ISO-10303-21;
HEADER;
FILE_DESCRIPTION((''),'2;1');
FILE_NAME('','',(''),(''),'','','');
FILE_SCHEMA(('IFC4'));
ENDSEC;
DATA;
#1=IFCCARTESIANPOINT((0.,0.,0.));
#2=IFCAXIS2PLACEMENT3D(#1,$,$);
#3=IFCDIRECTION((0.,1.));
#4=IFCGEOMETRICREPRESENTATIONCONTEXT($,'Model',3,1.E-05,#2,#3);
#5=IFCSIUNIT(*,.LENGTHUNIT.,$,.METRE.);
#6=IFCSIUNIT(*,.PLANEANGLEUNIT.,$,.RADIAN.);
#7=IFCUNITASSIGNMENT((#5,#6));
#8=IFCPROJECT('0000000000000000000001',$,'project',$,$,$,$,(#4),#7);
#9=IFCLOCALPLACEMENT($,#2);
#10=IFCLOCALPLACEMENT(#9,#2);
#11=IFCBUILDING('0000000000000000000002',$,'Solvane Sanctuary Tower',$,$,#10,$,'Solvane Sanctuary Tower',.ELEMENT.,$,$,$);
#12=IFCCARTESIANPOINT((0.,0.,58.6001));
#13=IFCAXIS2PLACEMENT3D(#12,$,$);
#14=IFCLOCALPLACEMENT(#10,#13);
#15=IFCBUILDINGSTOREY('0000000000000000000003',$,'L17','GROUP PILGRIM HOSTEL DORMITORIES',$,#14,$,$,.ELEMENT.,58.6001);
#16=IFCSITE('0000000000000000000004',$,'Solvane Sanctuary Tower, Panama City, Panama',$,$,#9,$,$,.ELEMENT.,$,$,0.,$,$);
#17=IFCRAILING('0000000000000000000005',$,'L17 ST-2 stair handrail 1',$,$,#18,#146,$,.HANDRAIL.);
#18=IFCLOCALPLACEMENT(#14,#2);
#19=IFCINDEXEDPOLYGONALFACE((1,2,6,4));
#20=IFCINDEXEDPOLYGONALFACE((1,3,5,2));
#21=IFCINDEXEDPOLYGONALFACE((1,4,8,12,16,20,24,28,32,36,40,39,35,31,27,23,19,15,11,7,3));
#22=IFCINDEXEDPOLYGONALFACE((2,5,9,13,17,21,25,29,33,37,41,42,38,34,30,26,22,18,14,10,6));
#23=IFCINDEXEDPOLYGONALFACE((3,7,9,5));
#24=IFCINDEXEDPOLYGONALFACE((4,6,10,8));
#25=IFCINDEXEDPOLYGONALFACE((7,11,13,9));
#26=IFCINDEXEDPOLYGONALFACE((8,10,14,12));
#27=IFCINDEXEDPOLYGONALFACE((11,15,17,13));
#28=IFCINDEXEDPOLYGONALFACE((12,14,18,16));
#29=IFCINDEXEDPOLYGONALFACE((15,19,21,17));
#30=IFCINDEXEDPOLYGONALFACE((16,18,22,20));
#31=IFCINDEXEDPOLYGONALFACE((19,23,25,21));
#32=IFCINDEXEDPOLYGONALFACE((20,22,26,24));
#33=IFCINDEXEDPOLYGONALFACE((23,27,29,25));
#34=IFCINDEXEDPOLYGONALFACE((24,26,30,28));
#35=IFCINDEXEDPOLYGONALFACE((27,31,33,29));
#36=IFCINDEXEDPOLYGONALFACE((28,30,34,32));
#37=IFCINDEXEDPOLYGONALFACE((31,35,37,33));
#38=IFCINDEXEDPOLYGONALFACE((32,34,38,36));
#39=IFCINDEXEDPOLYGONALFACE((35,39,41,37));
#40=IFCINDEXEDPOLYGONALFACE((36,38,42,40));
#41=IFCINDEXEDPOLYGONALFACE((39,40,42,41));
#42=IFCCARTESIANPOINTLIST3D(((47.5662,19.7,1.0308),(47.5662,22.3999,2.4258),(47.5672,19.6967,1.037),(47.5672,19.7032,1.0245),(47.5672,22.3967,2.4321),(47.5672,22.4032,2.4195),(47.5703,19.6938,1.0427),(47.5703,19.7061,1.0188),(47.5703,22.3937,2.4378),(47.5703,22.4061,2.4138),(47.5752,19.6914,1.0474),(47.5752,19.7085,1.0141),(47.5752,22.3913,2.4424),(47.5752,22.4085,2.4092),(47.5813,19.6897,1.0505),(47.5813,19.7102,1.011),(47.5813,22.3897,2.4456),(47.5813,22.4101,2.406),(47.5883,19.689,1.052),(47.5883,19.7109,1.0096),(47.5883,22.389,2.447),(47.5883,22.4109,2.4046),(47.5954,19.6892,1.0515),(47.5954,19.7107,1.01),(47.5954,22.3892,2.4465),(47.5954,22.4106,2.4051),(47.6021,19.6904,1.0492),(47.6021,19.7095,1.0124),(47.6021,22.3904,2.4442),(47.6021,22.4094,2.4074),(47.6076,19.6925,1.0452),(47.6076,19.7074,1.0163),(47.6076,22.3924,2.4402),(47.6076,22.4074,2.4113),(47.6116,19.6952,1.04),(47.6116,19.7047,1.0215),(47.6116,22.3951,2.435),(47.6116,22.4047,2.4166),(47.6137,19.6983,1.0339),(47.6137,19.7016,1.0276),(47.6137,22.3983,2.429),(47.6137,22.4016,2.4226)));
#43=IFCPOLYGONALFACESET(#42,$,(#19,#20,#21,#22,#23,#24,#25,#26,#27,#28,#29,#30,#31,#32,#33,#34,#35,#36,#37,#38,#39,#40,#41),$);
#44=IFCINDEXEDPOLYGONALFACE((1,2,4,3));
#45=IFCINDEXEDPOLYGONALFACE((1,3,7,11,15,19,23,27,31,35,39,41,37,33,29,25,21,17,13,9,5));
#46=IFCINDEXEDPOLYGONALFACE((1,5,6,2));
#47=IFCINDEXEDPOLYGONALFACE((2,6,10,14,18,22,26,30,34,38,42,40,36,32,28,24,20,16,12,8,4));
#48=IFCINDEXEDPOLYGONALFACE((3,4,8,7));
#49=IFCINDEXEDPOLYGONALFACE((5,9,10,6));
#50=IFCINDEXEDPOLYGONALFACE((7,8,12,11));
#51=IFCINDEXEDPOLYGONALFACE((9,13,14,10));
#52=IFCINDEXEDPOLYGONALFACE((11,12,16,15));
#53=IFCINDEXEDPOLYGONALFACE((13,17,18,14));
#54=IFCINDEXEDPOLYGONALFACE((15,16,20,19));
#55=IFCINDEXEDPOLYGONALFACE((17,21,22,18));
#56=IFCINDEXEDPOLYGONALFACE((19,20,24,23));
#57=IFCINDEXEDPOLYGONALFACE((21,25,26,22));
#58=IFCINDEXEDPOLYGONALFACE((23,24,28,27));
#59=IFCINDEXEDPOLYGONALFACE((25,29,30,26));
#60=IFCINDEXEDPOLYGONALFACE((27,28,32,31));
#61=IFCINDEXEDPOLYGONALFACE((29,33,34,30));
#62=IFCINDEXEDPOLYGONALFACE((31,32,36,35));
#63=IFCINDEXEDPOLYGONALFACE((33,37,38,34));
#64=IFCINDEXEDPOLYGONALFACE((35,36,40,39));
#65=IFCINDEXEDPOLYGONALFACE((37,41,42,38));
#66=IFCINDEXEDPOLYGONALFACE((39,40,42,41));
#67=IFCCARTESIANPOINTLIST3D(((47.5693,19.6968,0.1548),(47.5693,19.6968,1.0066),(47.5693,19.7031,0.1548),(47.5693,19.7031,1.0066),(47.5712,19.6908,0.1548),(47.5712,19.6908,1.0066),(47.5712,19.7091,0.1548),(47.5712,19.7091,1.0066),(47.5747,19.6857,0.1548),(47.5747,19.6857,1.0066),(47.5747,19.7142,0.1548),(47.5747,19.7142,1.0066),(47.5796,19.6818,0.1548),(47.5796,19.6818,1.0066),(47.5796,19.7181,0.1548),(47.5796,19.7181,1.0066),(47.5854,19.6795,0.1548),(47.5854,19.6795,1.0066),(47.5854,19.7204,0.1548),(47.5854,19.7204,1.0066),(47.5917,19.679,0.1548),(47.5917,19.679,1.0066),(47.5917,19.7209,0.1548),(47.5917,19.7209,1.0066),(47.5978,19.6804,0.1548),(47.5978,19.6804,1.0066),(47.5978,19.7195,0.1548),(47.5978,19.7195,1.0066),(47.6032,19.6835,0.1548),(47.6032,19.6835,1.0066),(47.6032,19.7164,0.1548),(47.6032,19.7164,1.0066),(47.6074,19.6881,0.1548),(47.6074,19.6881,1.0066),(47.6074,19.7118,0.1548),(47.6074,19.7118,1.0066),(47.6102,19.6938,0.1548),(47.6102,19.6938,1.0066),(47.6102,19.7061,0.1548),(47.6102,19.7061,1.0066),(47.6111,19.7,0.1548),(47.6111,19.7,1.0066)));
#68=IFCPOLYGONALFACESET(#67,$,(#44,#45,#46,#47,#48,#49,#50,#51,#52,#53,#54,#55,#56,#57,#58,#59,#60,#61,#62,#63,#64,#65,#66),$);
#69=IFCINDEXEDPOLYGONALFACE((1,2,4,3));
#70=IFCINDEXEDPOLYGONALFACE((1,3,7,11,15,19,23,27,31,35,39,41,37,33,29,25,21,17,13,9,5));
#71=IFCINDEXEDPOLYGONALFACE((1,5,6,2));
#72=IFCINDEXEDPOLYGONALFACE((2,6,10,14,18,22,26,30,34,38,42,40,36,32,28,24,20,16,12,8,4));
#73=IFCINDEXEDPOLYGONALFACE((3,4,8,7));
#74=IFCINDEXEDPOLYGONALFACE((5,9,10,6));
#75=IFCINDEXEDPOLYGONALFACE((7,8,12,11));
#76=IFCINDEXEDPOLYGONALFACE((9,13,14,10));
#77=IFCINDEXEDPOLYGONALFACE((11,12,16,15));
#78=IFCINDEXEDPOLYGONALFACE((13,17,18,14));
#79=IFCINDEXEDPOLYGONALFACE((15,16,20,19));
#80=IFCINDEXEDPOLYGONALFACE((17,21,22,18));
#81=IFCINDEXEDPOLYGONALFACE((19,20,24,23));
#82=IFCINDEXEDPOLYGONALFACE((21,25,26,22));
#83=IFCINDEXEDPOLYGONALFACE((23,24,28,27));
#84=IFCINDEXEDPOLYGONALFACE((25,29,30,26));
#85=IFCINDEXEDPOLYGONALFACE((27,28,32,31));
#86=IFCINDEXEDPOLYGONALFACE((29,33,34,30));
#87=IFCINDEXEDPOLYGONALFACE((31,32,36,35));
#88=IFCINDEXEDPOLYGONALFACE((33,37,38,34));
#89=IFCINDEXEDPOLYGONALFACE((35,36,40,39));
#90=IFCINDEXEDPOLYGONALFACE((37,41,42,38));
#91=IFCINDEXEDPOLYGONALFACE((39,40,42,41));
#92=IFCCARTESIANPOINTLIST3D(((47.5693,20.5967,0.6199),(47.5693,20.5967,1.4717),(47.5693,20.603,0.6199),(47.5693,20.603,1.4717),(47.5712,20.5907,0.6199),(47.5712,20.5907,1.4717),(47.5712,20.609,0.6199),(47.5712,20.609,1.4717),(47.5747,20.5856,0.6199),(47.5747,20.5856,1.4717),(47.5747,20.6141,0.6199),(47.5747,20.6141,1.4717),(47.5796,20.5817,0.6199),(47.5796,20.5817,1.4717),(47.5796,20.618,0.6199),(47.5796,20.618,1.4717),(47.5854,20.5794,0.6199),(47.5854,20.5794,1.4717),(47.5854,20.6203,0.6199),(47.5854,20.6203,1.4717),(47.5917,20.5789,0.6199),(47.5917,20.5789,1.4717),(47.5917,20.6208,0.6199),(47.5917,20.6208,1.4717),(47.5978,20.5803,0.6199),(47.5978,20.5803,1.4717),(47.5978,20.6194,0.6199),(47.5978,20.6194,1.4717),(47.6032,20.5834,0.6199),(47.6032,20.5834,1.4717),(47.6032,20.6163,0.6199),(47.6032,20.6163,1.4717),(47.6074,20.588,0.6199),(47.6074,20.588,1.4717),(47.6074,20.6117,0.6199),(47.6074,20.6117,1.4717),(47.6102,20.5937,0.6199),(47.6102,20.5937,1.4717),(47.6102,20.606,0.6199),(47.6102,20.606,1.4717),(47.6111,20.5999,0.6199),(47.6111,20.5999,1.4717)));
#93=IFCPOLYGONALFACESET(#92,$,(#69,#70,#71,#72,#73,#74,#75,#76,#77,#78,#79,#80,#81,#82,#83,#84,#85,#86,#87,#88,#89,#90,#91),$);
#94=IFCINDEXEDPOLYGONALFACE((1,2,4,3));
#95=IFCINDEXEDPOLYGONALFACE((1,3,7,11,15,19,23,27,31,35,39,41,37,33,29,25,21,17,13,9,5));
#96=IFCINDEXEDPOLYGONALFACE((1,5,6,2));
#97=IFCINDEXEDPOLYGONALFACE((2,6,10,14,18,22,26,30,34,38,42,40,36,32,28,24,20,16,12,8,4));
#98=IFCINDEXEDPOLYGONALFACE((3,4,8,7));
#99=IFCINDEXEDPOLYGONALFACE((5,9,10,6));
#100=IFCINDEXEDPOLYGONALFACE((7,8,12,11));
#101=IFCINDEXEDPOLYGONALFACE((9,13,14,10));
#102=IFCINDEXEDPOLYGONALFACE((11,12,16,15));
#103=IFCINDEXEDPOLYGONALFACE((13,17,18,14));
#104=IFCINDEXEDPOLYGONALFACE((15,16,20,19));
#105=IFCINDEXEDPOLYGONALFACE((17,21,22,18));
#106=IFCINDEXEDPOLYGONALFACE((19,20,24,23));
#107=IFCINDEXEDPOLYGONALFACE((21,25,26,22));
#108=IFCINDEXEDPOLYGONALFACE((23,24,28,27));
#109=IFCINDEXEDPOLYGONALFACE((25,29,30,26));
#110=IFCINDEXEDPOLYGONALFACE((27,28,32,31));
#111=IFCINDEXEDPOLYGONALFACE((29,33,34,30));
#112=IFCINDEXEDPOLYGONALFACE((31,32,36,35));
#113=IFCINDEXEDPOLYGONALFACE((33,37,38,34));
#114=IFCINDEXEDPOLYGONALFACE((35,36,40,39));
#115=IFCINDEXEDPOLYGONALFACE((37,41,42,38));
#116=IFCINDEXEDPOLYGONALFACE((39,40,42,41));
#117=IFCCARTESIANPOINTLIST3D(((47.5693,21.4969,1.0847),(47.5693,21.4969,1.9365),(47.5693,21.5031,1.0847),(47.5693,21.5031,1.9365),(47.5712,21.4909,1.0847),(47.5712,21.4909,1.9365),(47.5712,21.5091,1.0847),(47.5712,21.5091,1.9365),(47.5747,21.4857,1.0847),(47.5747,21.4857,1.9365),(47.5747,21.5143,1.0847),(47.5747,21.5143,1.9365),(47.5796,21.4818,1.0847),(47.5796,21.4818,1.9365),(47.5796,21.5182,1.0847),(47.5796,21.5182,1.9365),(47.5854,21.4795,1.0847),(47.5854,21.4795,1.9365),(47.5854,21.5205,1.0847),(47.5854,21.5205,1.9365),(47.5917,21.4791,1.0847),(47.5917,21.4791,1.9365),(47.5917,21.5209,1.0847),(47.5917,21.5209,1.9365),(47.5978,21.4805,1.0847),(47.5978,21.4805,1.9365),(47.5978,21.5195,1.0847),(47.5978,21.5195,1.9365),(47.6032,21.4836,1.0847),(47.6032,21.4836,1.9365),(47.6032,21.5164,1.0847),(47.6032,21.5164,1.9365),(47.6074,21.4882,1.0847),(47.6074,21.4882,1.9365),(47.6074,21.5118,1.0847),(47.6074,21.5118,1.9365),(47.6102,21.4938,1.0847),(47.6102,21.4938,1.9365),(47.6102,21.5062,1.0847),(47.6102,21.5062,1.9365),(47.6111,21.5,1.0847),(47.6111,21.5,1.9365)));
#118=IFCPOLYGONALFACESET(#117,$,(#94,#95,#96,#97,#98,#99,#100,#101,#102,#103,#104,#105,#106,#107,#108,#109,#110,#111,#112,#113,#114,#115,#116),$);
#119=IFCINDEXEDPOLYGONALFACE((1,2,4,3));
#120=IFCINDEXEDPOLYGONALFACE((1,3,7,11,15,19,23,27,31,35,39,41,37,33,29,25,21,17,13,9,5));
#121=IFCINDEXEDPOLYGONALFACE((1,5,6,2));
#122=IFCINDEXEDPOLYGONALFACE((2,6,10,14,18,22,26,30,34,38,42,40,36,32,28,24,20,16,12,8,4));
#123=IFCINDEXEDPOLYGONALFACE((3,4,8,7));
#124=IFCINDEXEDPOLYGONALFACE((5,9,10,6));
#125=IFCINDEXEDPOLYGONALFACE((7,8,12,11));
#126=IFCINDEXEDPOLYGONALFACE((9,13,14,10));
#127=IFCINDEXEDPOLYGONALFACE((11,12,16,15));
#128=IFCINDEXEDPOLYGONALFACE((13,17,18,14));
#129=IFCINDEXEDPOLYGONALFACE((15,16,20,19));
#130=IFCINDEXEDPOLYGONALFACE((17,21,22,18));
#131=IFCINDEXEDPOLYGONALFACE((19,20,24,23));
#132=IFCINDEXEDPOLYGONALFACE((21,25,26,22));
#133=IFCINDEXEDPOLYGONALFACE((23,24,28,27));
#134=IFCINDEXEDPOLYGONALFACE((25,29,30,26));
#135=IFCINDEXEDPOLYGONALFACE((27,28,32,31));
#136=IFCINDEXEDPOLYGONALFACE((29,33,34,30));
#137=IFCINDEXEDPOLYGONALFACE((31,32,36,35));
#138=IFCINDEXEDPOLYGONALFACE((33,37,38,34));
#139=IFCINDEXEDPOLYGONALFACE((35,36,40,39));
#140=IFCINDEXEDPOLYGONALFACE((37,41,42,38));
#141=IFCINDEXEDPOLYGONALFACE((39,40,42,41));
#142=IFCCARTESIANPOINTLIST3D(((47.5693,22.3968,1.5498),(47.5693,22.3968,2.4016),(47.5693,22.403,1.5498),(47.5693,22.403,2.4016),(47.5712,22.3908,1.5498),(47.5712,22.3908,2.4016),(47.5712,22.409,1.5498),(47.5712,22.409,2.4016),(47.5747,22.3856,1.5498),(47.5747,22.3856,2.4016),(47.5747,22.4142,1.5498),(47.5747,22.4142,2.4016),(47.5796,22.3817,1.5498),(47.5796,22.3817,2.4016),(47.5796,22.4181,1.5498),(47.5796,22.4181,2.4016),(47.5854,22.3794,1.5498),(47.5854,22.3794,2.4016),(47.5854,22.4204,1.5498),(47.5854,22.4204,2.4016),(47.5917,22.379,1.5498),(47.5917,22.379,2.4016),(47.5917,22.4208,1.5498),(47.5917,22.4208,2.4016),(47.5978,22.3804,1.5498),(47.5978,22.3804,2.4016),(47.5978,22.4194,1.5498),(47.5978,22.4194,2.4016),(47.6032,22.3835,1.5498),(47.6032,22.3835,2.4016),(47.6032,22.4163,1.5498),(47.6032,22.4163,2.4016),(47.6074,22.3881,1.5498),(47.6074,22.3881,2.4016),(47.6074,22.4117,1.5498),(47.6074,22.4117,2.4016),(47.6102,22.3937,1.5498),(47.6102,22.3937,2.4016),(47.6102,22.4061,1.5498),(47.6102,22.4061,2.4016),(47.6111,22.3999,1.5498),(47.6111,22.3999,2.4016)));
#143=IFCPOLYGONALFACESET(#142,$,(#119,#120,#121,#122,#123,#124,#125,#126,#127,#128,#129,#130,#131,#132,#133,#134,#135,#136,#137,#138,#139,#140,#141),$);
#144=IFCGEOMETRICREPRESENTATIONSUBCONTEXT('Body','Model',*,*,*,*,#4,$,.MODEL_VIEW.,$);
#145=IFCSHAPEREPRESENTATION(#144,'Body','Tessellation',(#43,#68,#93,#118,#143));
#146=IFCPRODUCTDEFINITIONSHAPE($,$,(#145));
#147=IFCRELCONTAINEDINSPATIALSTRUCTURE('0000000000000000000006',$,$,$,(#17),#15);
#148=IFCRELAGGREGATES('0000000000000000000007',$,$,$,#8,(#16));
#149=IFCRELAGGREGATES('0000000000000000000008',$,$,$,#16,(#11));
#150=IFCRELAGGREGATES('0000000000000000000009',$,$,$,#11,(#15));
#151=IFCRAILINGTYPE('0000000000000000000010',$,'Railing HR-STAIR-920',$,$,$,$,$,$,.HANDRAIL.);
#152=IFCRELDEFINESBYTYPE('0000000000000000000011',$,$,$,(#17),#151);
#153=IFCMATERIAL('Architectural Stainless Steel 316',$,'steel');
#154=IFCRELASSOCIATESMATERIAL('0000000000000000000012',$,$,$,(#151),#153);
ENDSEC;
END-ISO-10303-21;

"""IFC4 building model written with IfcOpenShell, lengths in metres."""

from ifc_helpers import new_model, si_unit, direction, frame, origin, origin_2d, place, context, subcontext, project, spatial, circle, extrude, material, type_object, element, save


model = new_model("IFC4")

# Units and contexts
model_context = context("Model", 3, precision=1e-05, world=origin(), true_north=direction((0.0, 1.0)))
body_context = subcontext(model_context, "Body", "Model", "MODEL_VIEW")
ifc_project = project(units=[si_unit("LENGTHUNIT", "METRE"), si_unit("PLANEANGLEUNIT", "RADIAN")], contexts=[model_context])

# Site, building, storey
site_placement = place(None, origin())
site = spatial("IfcSite", under=ifc_project, at=site_placement, Name="Solvane Sanctuary Tower, Panama City, Panama", CompositionType="ELEMENT", RefElevation=0.0)
building_placement = place(site_placement, origin())
building = spatial("IfcBuilding", under=site, at=building_placement, Name="Solvane Sanctuary Tower", LongName="Solvane Sanctuary Tower", CompositionType="ELEMENT")
storey_placement = place(building_placement, frame((0.0, 0.0, 58.6001)))
storey = spatial("IfcBuildingStorey", under=building, at=storey_placement, Name="L17", Description="GROUP PILGRIM HOSTEL DORMITORIES", CompositionType="ELEMENT", Elevation=58.6001)

# Shared definitions
ifc_material_1 = material(Name="Architectural Stainless Steel 316", Category="steel")

# Railing
railing_type_1 = type_object("IfcRailingType", Name="Railing HR-STAIR-920", PredefinedType="HANDRAIL", material=ifc_material_1)
railing_1_placement = place(storey_placement, frame((47.5901, 19.7, 0.1548)))
element("IfcRailing", 1, at=railing_1_placement, inside=storey, type_object=railing_type_1, Name="L17 ST-2 stair handrail 1", PredefinedType="HANDRAIL", context=body_context, shape_type="SweptSolid", body=[
    extrude(circle(Radius=0.0239, at=origin_2d()), frame((0.0, 0.0, 0.876), z_axis=(0.0, 0.88842, 0.459032), x_axis=(-1.0, 0.0, 0.0)), (0.0, 0.0, 1.0), 3.0391),
    extrude(circle(Radius=0.021, at=origin_2d()), origin(), (0.0, 0.0, 1.0), 0.8518),
    extrude(circle(Radius=0.021, at=origin_2d()), frame((0.0, 0.8999, 0.4651)), (0.0, 0.0, 1.0), 0.8518),
    extrude(circle(Radius=0.021, at=origin_2d()), frame((0.0, 1.8, 0.9299)), (0.0, 0.0, 1.0), 0.8518),
    extrude(circle(Radius=0.021, at=origin_2d()), frame((0.0, 2.7, 1.395)), (0.0, 0.0, 1.0), 0.8518),
])

save(model, "model.ifc")
